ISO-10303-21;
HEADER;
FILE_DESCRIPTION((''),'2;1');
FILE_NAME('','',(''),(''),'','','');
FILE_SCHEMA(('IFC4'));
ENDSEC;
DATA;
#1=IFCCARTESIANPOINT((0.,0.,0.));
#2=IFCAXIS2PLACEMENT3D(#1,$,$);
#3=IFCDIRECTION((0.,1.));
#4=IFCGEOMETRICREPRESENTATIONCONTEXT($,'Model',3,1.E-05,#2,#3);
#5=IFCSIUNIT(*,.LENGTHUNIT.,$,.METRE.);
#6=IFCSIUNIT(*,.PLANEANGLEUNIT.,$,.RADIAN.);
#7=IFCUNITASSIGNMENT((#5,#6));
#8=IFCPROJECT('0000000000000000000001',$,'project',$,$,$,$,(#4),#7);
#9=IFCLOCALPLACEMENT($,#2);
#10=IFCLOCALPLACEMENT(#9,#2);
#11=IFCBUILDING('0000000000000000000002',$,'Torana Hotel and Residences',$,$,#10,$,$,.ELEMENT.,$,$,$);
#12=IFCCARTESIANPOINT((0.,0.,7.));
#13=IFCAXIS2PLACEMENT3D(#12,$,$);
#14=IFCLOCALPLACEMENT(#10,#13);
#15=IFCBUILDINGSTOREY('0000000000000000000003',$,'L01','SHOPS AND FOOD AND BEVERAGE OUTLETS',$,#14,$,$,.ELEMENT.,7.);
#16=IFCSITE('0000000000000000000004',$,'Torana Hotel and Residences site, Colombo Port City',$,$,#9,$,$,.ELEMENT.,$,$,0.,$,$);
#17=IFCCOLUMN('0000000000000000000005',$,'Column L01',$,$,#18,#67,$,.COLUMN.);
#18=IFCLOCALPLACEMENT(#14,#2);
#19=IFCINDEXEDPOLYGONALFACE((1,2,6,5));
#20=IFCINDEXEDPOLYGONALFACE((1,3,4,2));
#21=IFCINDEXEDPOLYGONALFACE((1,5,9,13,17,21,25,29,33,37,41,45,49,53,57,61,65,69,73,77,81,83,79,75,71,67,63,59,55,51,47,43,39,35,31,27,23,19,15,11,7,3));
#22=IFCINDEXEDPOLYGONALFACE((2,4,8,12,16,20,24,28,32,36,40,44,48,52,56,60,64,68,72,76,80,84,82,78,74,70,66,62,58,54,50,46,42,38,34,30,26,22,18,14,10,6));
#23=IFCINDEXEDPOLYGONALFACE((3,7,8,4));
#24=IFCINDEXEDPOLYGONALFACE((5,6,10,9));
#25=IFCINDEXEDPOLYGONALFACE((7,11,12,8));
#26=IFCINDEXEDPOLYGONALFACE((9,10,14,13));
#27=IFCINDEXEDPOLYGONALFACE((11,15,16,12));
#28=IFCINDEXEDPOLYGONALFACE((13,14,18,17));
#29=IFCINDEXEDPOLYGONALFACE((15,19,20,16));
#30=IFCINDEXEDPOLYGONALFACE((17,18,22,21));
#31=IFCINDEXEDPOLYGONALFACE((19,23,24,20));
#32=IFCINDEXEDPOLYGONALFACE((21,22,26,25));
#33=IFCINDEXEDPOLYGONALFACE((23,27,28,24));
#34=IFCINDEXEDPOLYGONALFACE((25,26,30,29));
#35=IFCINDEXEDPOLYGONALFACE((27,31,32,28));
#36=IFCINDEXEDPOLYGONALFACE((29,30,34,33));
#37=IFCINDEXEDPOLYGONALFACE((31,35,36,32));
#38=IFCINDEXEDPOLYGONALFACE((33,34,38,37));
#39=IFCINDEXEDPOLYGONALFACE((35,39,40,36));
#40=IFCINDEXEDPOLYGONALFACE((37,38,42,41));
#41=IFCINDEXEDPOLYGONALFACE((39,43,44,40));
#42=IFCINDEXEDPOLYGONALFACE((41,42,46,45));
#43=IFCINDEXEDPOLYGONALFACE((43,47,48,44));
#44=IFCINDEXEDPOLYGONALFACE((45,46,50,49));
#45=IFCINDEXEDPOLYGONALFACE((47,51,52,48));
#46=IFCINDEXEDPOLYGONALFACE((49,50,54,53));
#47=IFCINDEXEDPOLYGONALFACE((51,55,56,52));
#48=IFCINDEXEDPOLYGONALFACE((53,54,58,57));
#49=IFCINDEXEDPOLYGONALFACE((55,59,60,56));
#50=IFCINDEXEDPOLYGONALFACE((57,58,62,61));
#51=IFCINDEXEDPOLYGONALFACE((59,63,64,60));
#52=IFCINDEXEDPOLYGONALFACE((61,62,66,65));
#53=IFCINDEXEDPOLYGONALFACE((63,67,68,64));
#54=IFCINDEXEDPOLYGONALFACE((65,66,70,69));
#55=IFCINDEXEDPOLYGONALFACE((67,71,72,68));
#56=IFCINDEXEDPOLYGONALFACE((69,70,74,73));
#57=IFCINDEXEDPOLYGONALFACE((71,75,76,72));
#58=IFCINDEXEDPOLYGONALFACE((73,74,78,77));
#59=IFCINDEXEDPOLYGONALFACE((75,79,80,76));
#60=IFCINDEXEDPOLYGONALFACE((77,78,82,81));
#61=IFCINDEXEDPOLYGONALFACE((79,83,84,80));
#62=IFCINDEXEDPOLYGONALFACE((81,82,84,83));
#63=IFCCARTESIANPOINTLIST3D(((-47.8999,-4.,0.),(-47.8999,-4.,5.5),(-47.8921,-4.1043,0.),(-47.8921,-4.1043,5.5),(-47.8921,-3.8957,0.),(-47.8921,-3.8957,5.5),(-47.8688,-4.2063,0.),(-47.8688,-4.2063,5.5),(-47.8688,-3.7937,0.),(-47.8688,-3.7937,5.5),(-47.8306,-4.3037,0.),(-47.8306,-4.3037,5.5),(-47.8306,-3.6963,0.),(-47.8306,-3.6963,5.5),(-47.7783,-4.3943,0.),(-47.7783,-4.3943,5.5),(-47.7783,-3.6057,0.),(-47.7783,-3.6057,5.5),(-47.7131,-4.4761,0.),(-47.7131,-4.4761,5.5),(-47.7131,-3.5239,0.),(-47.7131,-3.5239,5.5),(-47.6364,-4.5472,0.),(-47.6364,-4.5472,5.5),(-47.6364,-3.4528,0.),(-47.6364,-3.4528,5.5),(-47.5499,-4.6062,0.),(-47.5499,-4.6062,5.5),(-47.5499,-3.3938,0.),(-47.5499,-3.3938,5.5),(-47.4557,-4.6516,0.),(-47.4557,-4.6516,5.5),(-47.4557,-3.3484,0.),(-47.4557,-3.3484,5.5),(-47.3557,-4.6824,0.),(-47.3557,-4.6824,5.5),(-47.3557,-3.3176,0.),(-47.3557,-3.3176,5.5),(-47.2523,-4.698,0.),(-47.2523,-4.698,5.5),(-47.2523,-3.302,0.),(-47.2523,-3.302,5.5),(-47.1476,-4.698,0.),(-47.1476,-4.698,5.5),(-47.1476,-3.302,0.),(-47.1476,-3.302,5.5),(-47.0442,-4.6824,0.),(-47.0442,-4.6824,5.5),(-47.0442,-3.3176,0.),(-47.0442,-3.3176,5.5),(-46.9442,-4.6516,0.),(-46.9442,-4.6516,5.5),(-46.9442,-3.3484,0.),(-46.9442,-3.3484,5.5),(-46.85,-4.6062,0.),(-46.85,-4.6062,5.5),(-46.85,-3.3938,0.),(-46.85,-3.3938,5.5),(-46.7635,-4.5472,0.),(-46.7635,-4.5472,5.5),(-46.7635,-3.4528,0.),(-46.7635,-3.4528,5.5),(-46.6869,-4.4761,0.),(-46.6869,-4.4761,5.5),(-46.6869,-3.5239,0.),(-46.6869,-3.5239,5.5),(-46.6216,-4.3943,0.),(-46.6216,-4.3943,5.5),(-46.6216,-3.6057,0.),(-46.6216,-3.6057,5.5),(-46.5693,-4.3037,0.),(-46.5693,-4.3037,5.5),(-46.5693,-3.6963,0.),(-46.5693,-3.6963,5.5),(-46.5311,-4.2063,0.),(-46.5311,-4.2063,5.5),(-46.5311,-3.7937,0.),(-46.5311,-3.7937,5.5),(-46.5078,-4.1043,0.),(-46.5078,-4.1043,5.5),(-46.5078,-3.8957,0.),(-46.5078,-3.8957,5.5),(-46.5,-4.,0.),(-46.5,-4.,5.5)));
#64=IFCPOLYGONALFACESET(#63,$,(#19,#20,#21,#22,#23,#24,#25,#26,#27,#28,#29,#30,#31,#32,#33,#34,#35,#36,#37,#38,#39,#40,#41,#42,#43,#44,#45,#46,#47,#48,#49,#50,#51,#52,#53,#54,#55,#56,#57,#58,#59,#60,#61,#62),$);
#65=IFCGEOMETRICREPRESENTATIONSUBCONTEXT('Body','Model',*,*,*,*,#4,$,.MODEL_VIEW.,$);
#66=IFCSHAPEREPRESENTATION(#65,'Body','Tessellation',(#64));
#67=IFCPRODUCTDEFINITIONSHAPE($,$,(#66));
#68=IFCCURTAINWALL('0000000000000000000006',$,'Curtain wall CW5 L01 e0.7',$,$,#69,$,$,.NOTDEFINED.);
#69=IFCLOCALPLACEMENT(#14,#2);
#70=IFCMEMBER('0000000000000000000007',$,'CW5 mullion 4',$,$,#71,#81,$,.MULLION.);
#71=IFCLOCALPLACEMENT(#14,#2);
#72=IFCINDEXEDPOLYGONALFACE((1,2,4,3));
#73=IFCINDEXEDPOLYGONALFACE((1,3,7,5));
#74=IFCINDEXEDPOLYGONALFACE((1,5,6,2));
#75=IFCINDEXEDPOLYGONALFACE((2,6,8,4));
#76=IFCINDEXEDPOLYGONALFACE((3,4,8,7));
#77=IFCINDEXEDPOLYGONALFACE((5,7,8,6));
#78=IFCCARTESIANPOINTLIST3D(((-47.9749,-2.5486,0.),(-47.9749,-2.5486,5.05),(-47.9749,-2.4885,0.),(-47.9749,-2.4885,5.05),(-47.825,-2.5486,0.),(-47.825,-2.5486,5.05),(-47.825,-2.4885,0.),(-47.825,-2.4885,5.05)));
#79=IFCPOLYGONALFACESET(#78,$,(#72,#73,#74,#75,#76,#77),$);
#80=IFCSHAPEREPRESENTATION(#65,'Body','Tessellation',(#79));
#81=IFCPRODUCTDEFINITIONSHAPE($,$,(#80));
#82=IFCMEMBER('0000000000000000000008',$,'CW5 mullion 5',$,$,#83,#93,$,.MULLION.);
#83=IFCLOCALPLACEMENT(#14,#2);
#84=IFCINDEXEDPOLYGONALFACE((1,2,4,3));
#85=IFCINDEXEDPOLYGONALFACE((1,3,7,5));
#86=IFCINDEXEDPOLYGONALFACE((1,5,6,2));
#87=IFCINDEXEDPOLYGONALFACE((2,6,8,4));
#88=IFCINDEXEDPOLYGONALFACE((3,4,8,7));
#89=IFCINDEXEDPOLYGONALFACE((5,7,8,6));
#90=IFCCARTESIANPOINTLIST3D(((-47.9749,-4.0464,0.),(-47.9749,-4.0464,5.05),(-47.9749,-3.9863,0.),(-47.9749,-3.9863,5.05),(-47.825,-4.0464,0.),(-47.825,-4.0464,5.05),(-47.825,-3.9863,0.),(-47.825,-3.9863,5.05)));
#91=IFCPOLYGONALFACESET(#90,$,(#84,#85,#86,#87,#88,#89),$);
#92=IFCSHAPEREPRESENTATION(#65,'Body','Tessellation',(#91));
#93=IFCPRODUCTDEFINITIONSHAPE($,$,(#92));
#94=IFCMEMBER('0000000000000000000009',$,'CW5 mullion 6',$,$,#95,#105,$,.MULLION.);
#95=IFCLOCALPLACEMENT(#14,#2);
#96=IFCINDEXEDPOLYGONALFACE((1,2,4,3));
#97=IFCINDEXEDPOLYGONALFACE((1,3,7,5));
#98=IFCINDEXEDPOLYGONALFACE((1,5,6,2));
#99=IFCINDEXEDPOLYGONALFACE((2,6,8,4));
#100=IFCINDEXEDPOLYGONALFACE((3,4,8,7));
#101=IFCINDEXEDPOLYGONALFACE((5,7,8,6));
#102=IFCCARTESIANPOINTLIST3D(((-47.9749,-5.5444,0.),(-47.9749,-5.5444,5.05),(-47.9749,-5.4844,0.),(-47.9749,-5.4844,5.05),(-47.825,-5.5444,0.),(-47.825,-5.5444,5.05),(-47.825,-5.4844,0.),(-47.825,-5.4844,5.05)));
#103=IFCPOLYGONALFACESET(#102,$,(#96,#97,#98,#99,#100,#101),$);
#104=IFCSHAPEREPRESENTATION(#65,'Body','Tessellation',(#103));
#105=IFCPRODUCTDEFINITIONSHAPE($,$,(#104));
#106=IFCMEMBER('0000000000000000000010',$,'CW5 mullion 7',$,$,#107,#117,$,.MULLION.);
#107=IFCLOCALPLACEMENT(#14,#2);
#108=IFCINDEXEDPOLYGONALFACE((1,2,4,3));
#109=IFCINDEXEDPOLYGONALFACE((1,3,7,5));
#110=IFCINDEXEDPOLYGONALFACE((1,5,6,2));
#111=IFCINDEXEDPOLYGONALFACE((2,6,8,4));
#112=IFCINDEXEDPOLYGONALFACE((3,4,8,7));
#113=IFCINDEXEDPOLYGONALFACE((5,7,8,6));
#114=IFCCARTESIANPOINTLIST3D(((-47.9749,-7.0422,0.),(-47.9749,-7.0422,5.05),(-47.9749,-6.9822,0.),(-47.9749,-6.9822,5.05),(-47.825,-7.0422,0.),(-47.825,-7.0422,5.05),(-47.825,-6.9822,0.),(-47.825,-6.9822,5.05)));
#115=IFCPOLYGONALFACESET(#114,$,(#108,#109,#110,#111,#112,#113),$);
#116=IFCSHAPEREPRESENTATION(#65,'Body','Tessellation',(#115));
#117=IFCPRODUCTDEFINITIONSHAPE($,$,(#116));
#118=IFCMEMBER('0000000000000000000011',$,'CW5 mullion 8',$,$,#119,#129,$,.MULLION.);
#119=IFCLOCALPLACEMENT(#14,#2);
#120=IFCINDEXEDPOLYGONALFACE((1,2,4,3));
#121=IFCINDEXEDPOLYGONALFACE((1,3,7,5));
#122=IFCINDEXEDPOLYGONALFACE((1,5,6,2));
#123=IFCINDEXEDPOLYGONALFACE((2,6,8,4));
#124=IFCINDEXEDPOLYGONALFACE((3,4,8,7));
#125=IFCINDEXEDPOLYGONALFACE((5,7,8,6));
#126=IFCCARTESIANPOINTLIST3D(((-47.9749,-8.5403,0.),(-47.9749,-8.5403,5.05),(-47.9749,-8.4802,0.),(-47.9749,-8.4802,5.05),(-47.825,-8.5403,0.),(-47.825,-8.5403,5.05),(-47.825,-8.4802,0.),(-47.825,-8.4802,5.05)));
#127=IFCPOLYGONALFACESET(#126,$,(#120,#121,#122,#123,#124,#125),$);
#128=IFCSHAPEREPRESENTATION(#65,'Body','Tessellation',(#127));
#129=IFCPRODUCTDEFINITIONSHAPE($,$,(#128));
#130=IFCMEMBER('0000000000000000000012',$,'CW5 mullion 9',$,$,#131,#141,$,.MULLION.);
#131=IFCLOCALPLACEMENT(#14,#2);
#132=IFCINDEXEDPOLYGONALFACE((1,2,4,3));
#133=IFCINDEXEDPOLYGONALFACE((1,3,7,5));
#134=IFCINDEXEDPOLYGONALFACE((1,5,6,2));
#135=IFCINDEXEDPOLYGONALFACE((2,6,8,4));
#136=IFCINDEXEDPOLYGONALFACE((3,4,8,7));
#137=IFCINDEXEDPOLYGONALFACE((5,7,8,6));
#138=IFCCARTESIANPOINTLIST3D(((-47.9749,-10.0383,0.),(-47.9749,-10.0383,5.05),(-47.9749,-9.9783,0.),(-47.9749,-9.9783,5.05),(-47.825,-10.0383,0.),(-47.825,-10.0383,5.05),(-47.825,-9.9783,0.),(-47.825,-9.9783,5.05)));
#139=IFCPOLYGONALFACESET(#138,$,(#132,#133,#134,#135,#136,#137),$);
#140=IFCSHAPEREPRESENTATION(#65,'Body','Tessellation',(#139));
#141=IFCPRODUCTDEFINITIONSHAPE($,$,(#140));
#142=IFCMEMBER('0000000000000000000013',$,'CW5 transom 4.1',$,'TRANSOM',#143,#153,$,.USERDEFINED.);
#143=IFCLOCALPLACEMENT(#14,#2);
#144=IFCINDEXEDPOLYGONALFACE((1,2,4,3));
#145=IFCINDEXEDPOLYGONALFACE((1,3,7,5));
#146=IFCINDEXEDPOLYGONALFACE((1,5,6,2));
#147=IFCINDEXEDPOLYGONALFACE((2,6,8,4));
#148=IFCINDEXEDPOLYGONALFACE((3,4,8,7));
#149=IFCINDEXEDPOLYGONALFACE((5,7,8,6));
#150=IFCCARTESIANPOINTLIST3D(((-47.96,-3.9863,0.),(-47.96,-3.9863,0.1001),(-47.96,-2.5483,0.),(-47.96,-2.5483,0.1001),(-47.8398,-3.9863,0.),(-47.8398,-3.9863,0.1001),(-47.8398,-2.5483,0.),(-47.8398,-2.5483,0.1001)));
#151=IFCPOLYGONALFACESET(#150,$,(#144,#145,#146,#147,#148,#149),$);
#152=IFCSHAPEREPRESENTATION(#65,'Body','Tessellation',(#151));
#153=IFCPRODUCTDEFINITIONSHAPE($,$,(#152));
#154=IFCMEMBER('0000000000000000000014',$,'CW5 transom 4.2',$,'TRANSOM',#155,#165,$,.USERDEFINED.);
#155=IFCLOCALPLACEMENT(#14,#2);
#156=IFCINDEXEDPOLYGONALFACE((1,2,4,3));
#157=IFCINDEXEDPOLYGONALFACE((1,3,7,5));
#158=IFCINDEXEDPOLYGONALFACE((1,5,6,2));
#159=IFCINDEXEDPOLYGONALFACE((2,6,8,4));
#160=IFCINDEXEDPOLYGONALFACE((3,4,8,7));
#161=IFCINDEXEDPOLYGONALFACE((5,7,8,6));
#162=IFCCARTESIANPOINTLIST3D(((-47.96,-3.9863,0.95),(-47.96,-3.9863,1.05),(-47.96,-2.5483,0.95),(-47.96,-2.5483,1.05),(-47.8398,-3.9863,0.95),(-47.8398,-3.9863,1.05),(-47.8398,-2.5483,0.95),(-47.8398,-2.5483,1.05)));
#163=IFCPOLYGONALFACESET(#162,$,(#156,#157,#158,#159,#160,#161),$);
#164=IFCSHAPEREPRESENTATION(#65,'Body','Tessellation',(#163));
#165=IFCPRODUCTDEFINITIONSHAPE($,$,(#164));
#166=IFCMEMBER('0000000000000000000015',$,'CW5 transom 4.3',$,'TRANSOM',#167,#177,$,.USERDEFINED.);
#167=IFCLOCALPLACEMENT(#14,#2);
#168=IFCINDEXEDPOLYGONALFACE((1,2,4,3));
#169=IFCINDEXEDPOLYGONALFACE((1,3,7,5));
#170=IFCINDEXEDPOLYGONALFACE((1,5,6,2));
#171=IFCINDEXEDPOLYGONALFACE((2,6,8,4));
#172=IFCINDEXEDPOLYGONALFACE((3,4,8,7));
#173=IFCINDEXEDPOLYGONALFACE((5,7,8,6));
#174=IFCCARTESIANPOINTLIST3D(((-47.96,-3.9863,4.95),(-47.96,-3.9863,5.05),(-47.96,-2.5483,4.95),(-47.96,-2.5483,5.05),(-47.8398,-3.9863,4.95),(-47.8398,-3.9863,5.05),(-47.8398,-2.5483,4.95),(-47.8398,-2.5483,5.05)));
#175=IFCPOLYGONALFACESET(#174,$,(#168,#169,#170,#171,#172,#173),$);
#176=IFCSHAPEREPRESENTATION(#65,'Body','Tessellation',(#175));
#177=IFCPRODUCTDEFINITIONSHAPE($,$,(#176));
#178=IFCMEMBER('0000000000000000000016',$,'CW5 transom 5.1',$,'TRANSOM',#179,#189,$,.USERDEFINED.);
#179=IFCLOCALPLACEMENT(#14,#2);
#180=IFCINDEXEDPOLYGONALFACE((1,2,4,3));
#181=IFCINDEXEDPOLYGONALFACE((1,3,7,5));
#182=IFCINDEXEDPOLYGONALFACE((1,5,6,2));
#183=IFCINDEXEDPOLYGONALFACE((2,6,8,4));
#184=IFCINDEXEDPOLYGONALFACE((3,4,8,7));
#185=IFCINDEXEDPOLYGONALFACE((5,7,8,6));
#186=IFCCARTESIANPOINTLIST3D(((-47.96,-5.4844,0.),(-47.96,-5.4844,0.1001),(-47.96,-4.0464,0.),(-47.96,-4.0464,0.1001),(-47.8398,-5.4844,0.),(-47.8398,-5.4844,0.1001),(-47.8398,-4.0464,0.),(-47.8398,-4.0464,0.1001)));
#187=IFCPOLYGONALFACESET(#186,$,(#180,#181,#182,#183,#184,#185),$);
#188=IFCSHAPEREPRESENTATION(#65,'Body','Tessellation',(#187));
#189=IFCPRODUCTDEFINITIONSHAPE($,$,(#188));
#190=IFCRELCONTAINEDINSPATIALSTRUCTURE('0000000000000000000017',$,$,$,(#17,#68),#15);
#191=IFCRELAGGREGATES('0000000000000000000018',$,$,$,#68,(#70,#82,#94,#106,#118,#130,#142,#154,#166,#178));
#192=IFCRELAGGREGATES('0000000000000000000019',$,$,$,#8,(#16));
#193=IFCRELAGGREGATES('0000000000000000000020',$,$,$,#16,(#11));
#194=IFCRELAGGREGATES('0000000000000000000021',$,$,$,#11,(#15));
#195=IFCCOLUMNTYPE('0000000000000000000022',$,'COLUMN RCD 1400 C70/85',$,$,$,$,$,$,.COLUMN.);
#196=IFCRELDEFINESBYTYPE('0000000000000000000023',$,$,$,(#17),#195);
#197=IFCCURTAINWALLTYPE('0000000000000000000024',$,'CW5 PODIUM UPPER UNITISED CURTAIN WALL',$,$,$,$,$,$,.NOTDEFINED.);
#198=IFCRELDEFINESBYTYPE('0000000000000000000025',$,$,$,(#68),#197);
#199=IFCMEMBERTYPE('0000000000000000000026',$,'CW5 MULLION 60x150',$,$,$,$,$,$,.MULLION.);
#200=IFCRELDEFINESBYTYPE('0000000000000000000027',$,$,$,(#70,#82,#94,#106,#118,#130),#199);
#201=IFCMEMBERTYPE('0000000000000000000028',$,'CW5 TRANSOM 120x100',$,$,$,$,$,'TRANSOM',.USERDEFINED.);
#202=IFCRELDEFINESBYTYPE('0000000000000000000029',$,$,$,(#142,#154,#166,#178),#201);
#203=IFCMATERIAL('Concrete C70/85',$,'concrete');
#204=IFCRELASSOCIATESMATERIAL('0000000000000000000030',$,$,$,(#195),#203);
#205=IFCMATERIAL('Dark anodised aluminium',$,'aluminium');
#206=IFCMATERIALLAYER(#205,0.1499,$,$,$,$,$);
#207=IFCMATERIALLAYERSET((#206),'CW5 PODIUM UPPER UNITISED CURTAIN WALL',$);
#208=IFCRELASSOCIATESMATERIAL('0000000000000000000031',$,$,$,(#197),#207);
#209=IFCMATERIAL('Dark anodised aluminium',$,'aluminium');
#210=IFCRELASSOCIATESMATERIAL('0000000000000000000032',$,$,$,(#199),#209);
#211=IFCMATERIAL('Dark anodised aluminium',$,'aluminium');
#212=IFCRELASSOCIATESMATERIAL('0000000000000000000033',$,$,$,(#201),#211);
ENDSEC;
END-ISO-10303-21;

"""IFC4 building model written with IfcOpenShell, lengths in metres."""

from ifc_helpers import new_model, si_unit, direction, frame, origin, origin_2d, place, context, subcontext, project, spatial, rectangle, circle, extrude, material, layer, layer_set, material_profile, profile_set, type_object, element, aggregate, save


model = new_model("IFC4")

# Units and contexts
model_context = context("Model", 3, precision=1e-05, world=origin(), true_north=direction((0.0, 1.0)))
body_context = subcontext(model_context, "Body", "Model", "MODEL_VIEW")
ifc_project = project(units=[si_unit("LENGTHUNIT", "METRE"), si_unit("PLANEANGLEUNIT", "RADIAN")], contexts=[model_context])

# Site, building, storey
site_placement = place(None, origin())
site = spatial("IfcSite", under=ifc_project, at=site_placement, Name="Torana Hotel and Residences site, Colombo Port City", CompositionType="ELEMENT", RefElevation=0.0)
building_placement = place(site_placement, origin())
building = spatial("IfcBuilding", under=site, at=building_placement, Name="Torana Hotel and Residences", CompositionType="ELEMENT")
storey_placement = place(building_placement, frame((0.0, 0.0, 7.0)))
storey = spatial("IfcBuildingStorey", under=building, at=storey_placement, Name="L01", Description="SHOPS AND FOOD AND BEVERAGE OUTLETS", CompositionType="ELEMENT", Elevation=7.0)

# Column
ifc_material_1 = material(Name="Concrete C70/85", Category="concrete")
ifc_material_profile_1 = material_profile(ifc_material_1, circle(Radius=0.7, at=origin_2d()), Name="RCD 1400")
ifc_profile_set_1 = profile_set([ifc_material_profile_1], Name="Concrete C70/85")
column_type = type_object("IfcColumnType", Name="COLUMN RCD 1400 C70/85", PredefinedType="COLUMN", material=ifc_profile_set_1)
column_placement = place(storey_placement, frame((-47.2, -4.0, 0.0), z_axis=(0.0, 0.0, 1.0), x_axis=(1.0, 0.0, 0.0)))
element("IfcColumn", 1, at=column_placement, inside=storey, type_object=column_type, Name="Column L01", PredefinedType="COLUMN", context=body_context, shape_type="SweptSolid", body=[
    extrude(circle(Radius=0.7, at=origin_2d()), origin(), (0.0, 0.0, 1.0), 5.5),
])

# Curtain wall, members
ifc_material_2 = material(Name="Dark anodised aluminium", Category="aluminium")
ifc_layer_1 = layer(ifc_material_2, 0.1499)
ifc_layer_set_1 = layer_set([ifc_layer_1], Name="CW5 PODIUM UPPER UNITISED CURTAIN WALL")
curtain_wall_type = type_object("IfcCurtainWallType", Name="CW5 PODIUM UPPER UNITISED CURTAIN WALL", PredefinedType="NOTDEFINED", material=ifc_layer_set_1)
curtain_wall_placement = place(storey_placement, origin())
curtain_wall = element("IfcCurtainWall", 2, at=curtain_wall_placement, inside=storey, type_object=curtain_wall_type, Name="Curtain wall CW5 L01 e0.7", PredefinedType="NOTDEFINED")
ifc_material_3 = material(Name="Dark anodised aluminium", Category="aluminium")
ifc_material_profile_2 = material_profile(ifc_material_3, rectangle(XDim=0.1499, YDim=0.0601, at=origin_2d()), Name="CW5 MULLION 60x150")
ifc_profile_set_2 = profile_set([ifc_material_profile_2], Name="Dark anodised aluminium")
member_type_1 = type_object("IfcMemberType", Name="CW5 MULLION 60x150", PredefinedType="MULLION", material=ifc_profile_set_2)
member_1_placement = place(storey_placement, frame((-47.8999, -2.5186, 0.0), z_axis=(0.0, 0.0, 1.0), x_axis=(1.0, 0.0, 0.0)))
member_1 = element("IfcMember", 3, at=member_1_placement, type_object=member_type_1, Name="CW5 mullion 4", PredefinedType="MULLION", context=body_context, shape_type="SweptSolid", body=[
    extrude(rectangle(XDim=0.1499, YDim=0.0601, at=origin_2d()), origin(), (0.0, 0.0, 1.0), 5.05),
])
member_2_placement = place(storey_placement, frame((-47.8999, -4.0164, 0.0), z_axis=(0.0, 0.0, 1.0), x_axis=(1.0, 0.0, 0.0)))
member_2 = element("IfcMember", 4, at=member_2_placement, type_object=member_type_1, Name="CW5 mullion 5", PredefinedType="MULLION", context=body_context, shape_type="SweptSolid", body=[
    extrude(rectangle(XDim=0.1499, YDim=0.0601, at=origin_2d()), origin(), (0.0, 0.0, 1.0), 5.05),
])
member_3_placement = place(storey_placement, frame((-47.8999, -5.5144, 0.0), z_axis=(0.0, 0.0, 1.0), x_axis=(1.0, 0.0, 0.0)))
member_3 = element("IfcMember", 5, at=member_3_placement, type_object=member_type_1, Name="CW5 mullion 6", PredefinedType="MULLION", context=body_context, shape_type="SweptSolid", body=[
    extrude(rectangle(XDim=0.1499, YDim=0.0601, at=origin_2d()), origin(), (0.0, 0.0, 1.0), 5.05),
])
member_4_placement = place(storey_placement, frame((-47.8999, -7.0122, 0.0), z_axis=(0.0, 0.0, 1.0), x_axis=(1.0, 0.0, 0.0)))
member_4 = element("IfcMember", 6, at=member_4_placement, type_object=member_type_1, Name="CW5 mullion 7", PredefinedType="MULLION", context=body_context, shape_type="SweptSolid", body=[
    extrude(rectangle(XDim=0.1499, YDim=0.0601, at=origin_2d()), origin(), (0.0, 0.0, 1.0), 5.05),
])
member_5_placement = place(storey_placement, frame((-47.8999, -8.5103, 0.0), z_axis=(0.0, 0.0, 1.0), x_axis=(1.0, 0.0, 0.0)))
member_5 = element("IfcMember", 7, at=member_5_placement, type_object=member_type_1, Name="CW5 mullion 8", PredefinedType="MULLION", context=body_context, shape_type="SweptSolid", body=[
    extrude(rectangle(XDim=0.1499, YDim=0.0601, at=origin_2d()), origin(), (0.0, 0.0, 1.0), 5.05),
])
member_6_placement = place(storey_placement, frame((-47.8999, -10.0083, 0.0), z_axis=(0.0, 0.0, 1.0), x_axis=(1.0, 0.0, 0.0)))
member_6 = element("IfcMember", 8, at=member_6_placement, type_object=member_type_1, Name="CW5 mullion 9", PredefinedType="MULLION", context=body_context, shape_type="SweptSolid", body=[
    extrude(rectangle(XDim=0.1499, YDim=0.0601, at=origin_2d()), origin(), (0.0, 0.0, 1.0), 5.05),
])
ifc_material_4 = material(Name="Dark anodised aluminium", Category="aluminium")
ifc_material_profile_3 = material_profile(ifc_material_4, rectangle(XDim=0.1201, YDim=0.1001, at=origin_2d()), Name="CW5 TRANSOM 120x100")
ifc_profile_set_3 = profile_set([ifc_material_profile_3], Name="Dark anodised aluminium")
member_type_2 = type_object("IfcMemberType", Name="CW5 TRANSOM 120x100", ElementType="TRANSOM", PredefinedType="USERDEFINED", material=ifc_profile_set_3)
member_7_placement = place(storey_placement, frame((-47.8999, -2.5483, 0.05), z_axis=(0.0, -1.0, 0.0), x_axis=(1.0, 0.0, 0.0)))
member_7 = element("IfcMember", 9, at=member_7_placement, type_object=member_type_2, Name="CW5 transom 4.1", ObjectType="TRANSOM", PredefinedType="USERDEFINED", context=body_context, shape_type="SweptSolid", body=[
    extrude(rectangle(XDim=0.1201, YDim=0.1001, at=origin_2d()), origin(), (0.0, 0.0, 1.0), 1.438),
])
member_8_placement = place(storey_placement, frame((-47.8999, -2.5483, 1.0), z_axis=(0.0, -1.0, 0.0), x_axis=(1.0, 0.0, 0.0)))
member_8 = element("IfcMember", 10, at=member_8_placement, type_object=member_type_2, Name="CW5 transom 4.2", ObjectType="TRANSOM", PredefinedType="USERDEFINED", context=body_context, shape_type="SweptSolid", body=[
    extrude(rectangle(XDim=0.1201, YDim=0.1001, at=origin_2d()), origin(), (0.0, 0.0, 1.0), 1.438),
])
member_9_placement = place(storey_placement, frame((-47.8999, -2.5483, 5.0), z_axis=(0.0, -1.0, 0.0), x_axis=(1.0, 0.0, 0.0)))
member_9 = element("IfcMember", 11, at=member_9_placement, type_object=member_type_2, Name="CW5 transom 4.3", ObjectType="TRANSOM", PredefinedType="USERDEFINED", context=body_context, shape_type="SweptSolid", body=[
    extrude(rectangle(XDim=0.1201, YDim=0.1001, at=origin_2d()), origin(), (0.0, 0.0, 1.0), 1.438),
])
member_10_placement = place(storey_placement, frame((-47.8999, -4.0464, 0.05), z_axis=(0.0, -1.0, 0.0), x_axis=(1.0, 0.0, 0.0)))
member_10 = element("IfcMember", 12, at=member_10_placement, type_object=member_type_2, Name="CW5 transom 5.1", ObjectType="TRANSOM", PredefinedType="USERDEFINED", context=body_context, shape_type="SweptSolid", body=[
    extrude(rectangle(XDim=0.1201, YDim=0.1001, at=origin_2d()), origin(), (0.0, 0.0, 1.0), 1.438),
])
aggregate(curtain_wall, [member_1, member_2, member_3, member_4, member_5, member_6, member_7, member_8, member_9, member_10])

save(model, "model.ifc")
